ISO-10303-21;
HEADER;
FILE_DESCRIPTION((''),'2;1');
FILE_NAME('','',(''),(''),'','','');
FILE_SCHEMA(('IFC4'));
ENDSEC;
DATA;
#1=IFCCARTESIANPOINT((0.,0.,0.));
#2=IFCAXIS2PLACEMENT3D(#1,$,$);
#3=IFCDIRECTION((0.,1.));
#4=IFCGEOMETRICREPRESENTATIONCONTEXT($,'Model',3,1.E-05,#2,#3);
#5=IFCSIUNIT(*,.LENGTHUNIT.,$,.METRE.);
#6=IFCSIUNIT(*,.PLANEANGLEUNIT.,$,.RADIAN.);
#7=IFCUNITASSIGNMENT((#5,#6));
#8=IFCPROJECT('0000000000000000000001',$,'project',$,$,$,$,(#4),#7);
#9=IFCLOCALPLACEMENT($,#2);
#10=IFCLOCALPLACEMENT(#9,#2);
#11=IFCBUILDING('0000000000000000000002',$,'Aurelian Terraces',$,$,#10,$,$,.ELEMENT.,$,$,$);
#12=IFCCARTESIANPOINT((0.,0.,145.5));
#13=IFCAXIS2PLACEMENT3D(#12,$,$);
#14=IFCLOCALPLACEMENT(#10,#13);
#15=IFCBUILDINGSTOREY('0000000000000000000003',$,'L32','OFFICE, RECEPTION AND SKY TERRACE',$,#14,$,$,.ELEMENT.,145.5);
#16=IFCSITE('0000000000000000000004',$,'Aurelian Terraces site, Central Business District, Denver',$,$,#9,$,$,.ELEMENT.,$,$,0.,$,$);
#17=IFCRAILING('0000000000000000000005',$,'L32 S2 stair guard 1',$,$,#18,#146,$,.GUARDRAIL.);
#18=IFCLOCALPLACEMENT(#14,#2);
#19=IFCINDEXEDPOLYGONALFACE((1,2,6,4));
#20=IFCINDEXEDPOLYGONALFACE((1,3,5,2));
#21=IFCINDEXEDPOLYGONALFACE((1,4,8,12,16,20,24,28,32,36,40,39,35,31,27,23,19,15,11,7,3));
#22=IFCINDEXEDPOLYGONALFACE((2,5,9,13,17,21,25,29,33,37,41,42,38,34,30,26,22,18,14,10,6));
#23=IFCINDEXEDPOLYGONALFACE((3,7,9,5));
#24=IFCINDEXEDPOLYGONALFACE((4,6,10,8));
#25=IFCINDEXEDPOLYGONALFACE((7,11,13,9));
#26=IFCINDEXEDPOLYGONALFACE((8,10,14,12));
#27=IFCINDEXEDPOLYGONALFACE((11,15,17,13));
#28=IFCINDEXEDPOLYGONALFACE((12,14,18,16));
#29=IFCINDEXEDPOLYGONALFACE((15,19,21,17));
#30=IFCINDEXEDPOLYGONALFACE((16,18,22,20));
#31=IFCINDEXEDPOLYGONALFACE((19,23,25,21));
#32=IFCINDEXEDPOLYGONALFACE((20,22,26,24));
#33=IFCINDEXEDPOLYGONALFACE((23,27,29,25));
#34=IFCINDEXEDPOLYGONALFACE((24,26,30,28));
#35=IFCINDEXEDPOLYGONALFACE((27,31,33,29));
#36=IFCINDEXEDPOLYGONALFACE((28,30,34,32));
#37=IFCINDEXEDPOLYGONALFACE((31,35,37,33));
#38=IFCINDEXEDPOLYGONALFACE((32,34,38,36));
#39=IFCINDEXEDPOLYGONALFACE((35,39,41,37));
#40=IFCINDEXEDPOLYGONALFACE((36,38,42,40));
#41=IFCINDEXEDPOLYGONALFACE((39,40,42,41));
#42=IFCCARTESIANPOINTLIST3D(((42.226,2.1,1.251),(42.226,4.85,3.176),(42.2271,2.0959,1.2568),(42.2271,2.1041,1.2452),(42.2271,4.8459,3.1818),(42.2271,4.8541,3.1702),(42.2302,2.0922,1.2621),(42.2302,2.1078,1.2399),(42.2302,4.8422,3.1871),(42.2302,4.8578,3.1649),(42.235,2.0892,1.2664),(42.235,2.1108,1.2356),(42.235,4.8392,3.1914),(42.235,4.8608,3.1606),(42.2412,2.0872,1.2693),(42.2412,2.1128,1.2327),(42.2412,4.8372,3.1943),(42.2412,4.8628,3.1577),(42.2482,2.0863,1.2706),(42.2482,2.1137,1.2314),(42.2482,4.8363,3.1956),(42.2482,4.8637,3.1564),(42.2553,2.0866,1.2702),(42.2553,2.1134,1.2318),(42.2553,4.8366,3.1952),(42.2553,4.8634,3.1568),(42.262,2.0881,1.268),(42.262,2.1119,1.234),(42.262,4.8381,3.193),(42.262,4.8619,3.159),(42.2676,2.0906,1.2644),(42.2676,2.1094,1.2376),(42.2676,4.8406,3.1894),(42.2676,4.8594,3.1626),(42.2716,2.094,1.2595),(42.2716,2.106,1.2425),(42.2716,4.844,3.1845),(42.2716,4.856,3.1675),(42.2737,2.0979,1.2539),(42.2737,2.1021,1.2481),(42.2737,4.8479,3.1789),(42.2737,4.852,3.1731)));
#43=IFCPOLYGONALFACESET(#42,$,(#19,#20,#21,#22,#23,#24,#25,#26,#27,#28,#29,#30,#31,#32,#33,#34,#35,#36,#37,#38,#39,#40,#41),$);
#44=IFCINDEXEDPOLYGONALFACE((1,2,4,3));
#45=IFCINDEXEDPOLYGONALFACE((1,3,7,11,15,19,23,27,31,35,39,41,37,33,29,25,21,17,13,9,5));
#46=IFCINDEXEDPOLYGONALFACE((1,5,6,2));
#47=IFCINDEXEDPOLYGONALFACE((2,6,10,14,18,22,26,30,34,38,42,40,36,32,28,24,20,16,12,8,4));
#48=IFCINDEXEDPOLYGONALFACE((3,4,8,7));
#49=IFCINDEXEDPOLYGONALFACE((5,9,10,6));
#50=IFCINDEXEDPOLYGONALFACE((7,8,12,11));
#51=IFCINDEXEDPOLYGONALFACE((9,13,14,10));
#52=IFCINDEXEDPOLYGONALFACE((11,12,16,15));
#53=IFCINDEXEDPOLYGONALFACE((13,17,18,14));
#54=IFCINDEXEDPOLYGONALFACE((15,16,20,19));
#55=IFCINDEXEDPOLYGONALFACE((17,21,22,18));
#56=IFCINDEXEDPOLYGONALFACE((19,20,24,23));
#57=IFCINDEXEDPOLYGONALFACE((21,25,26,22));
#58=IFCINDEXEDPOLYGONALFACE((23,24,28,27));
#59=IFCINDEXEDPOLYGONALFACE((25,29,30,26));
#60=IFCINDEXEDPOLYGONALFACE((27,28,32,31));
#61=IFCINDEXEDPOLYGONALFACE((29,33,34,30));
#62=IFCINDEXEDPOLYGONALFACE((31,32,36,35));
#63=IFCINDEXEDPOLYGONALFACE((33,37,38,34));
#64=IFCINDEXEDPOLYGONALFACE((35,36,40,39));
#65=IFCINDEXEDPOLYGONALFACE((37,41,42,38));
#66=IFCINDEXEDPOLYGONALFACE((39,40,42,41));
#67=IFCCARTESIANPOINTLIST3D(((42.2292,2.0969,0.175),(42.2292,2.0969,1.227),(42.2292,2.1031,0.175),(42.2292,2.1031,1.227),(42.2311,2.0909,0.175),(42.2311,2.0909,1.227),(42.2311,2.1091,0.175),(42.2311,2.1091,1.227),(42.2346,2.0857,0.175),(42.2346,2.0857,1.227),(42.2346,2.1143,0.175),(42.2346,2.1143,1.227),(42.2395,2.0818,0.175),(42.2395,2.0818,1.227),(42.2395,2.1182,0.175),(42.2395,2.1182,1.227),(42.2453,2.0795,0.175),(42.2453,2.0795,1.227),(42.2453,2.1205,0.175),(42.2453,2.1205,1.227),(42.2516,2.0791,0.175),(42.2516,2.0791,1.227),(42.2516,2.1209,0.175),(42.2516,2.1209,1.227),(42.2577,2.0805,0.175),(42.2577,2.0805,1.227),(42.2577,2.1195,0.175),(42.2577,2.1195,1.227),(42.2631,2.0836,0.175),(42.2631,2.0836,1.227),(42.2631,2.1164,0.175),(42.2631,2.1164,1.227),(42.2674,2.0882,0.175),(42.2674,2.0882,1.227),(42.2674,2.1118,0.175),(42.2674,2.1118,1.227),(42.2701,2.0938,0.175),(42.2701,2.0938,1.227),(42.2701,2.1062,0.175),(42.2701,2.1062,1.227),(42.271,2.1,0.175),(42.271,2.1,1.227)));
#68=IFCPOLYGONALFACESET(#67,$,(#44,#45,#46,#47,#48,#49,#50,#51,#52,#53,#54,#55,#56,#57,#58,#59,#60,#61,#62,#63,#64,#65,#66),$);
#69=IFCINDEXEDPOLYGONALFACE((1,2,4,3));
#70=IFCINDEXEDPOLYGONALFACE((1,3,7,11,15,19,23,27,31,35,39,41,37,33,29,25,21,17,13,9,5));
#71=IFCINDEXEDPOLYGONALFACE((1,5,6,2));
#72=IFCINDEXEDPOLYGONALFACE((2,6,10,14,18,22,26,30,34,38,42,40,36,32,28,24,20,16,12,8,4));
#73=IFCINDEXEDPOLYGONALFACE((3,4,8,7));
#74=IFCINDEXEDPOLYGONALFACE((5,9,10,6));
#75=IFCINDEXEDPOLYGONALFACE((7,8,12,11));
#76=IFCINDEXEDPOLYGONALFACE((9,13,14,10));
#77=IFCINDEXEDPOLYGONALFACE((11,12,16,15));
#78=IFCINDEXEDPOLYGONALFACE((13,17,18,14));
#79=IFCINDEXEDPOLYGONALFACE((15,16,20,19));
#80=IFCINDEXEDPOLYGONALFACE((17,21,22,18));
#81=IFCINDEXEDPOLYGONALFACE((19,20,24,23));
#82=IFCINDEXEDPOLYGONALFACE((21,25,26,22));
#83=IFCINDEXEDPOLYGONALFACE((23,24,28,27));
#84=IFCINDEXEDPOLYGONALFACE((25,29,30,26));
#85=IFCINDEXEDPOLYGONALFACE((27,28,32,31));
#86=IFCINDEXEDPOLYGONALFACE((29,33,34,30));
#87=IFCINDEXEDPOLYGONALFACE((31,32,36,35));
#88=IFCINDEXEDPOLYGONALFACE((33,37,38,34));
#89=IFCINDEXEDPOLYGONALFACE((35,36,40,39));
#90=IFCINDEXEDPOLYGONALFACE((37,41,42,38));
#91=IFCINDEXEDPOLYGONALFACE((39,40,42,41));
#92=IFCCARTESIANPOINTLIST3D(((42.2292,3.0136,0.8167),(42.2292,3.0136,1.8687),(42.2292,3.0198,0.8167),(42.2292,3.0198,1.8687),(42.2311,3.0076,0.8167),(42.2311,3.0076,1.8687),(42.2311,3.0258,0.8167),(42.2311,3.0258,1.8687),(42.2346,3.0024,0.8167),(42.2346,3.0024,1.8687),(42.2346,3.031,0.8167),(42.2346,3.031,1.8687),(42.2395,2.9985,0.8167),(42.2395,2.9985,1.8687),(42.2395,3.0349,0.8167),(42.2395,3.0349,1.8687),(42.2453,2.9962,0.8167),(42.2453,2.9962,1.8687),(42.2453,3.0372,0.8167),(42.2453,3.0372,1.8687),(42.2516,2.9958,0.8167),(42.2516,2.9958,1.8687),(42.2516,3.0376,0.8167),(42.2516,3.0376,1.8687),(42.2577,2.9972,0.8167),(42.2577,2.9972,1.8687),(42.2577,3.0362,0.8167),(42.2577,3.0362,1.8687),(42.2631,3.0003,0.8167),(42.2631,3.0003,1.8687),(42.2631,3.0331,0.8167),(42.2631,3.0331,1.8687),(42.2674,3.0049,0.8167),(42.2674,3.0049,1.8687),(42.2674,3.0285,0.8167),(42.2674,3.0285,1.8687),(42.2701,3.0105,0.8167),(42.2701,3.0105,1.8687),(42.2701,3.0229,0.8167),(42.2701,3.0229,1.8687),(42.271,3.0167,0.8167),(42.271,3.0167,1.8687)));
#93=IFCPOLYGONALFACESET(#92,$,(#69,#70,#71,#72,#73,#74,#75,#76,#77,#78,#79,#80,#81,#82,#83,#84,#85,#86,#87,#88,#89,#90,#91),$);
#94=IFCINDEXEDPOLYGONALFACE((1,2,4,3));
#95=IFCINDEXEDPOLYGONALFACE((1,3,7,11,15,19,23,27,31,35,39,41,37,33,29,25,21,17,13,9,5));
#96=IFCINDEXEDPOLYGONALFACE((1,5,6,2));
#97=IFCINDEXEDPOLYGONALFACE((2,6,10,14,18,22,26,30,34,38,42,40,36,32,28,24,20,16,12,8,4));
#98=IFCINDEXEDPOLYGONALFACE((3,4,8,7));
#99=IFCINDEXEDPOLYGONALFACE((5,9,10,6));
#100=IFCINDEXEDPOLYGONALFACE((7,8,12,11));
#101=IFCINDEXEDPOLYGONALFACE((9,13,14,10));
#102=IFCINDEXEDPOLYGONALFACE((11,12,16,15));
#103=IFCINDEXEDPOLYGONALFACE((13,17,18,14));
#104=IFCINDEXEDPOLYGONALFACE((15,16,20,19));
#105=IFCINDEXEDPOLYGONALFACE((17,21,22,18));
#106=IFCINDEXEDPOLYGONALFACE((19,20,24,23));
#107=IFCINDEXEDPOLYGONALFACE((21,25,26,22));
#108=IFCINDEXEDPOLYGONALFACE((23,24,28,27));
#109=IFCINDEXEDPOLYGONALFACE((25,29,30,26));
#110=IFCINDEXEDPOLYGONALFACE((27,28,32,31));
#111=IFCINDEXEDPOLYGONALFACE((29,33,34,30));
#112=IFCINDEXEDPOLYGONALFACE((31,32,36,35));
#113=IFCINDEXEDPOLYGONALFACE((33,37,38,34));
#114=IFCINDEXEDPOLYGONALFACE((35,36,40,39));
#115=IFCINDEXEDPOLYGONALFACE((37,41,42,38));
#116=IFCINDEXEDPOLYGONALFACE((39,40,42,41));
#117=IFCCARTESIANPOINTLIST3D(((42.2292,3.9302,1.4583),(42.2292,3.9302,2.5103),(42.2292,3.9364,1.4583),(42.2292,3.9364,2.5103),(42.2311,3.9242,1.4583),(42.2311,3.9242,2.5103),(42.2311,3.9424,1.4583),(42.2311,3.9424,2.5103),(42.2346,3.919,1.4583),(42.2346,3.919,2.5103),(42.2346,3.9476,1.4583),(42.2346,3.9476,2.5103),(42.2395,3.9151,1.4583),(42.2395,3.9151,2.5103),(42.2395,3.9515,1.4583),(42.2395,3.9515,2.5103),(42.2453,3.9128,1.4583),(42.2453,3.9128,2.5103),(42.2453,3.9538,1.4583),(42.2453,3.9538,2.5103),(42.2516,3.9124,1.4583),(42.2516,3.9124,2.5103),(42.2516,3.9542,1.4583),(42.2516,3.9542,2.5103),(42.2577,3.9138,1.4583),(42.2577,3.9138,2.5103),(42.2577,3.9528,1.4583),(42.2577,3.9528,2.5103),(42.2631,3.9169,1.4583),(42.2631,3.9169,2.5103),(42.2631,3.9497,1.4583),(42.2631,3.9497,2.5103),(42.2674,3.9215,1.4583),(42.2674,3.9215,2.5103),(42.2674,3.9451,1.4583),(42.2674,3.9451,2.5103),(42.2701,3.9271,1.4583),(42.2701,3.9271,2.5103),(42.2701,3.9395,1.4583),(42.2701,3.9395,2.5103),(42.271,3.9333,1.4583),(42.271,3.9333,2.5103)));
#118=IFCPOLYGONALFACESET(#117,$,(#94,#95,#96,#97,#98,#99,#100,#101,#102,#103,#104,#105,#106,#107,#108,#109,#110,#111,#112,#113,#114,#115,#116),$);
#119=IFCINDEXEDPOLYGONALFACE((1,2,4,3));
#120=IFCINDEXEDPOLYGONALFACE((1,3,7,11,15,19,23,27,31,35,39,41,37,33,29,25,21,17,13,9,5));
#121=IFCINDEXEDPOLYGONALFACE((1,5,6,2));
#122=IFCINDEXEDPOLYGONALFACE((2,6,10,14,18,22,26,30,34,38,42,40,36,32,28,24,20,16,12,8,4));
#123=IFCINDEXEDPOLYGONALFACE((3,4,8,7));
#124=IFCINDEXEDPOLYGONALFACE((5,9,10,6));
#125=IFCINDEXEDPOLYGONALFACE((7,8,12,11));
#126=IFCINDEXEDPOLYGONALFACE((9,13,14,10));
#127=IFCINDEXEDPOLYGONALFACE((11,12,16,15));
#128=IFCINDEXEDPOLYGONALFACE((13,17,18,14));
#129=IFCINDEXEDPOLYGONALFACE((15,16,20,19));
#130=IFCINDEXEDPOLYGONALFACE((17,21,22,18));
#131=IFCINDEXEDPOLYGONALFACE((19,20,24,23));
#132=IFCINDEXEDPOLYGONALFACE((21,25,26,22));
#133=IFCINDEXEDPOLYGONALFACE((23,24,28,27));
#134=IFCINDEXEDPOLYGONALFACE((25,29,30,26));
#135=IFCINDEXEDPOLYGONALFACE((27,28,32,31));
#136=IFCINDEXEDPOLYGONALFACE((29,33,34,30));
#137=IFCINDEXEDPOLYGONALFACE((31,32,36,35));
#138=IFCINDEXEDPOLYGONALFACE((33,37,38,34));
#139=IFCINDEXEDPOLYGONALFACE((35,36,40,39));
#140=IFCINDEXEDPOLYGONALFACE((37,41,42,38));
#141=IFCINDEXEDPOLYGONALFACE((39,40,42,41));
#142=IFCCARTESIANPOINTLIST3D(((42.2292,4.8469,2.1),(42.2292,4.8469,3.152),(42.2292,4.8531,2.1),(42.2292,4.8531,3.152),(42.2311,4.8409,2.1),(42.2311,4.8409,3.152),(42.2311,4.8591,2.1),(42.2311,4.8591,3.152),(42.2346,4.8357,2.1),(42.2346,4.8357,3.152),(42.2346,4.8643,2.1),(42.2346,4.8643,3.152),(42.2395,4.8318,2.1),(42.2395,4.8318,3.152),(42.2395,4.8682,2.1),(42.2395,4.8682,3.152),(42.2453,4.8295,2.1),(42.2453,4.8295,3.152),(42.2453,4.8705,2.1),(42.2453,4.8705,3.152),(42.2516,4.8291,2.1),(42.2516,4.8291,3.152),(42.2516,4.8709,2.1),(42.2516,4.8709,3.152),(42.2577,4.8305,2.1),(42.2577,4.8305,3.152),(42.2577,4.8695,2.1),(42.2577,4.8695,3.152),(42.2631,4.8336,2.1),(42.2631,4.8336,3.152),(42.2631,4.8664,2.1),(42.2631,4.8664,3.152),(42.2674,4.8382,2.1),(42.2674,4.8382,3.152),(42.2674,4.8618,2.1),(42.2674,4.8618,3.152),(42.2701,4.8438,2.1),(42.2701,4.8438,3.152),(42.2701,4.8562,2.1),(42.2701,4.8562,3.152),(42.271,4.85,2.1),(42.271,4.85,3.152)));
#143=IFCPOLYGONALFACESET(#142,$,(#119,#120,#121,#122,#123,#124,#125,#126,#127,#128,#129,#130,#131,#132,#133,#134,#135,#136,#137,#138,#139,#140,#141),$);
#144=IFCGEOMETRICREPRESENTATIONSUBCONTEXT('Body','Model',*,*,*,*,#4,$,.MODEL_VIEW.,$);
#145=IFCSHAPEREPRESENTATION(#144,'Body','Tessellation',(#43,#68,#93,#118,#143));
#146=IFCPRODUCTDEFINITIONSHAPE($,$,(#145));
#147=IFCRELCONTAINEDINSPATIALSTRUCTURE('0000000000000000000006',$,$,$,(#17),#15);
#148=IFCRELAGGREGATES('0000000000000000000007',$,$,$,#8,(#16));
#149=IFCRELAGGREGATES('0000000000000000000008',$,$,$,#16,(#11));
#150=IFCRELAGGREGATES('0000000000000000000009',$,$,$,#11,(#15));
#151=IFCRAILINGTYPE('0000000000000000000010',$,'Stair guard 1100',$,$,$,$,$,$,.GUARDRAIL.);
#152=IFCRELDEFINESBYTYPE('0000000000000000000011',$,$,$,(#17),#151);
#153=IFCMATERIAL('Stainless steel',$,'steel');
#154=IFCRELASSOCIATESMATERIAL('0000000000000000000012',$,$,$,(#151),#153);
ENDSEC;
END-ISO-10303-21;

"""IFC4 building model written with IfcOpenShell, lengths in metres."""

from ifc_helpers import new_model, si_unit, direction, frame, origin, origin_2d, place, context, subcontext, project, spatial, circle, extrude, source, transform, mapped, material, type_object, element, save


model = new_model("IFC4")

# Units and contexts
model_context = context("Model", 3, precision=1e-05, world=origin(), true_north=direction((0.0, 1.0)))
body_context = subcontext(model_context, "Body", "Model", "MODEL_VIEW")
ifc_project = project(units=[si_unit("LENGTHUNIT", "METRE"), si_unit("PLANEANGLEUNIT", "RADIAN")], contexts=[model_context])

# Site, building, storey
site_placement = place(None, origin())
site = spatial("IfcSite", under=ifc_project, at=site_placement, Name="Aurelian Terraces site, Central Business District, Denver", CompositionType="ELEMENT", RefElevation=0.0)
building_placement = place(site_placement, origin())
building = spatial("IfcBuilding", under=site, at=building_placement, Name="Aurelian Terraces", CompositionType="ELEMENT")
storey_placement = place(building_placement, frame((0.0, 0.0, 145.5)))
storey = spatial("IfcBuildingStorey", under=building, at=storey_placement, Name="L32", Description="OFFICE, RECEPTION AND SKY TERRACE", CompositionType="ELEMENT", Elevation=145.5)

# Railing
ifc_material_1 = material(Name="Stainless steel", Category="steel")
railing_type_1 = type_object("IfcRailingType", Name="Stair guard 1100", PredefinedType="GUARDRAIL", material=ifc_material_1)
shared_shape_1 = source(origin(), body_context, "Body", "SweptSolid", [
    extrude(circle(Radius=0.024, at=origin_2d()), frame((0.0, 0.0, 1.076), z_axis=(0.0, 0.819232, 0.573462), x_axis=(-1.0, 0.0, 0.0)), (0.0, 0.0, 1.0), 3.3568),
    extrude(circle(Radius=0.021, at=origin_2d()), origin(), (0.0, 0.0, 1.0), 1.052),
    extrude(circle(Radius=0.021, at=origin_2d()), frame((0.0, 0.9167, 0.6417)), (0.0, 0.0, 1.0), 1.052),
    extrude(circle(Radius=0.021, at=origin_2d()), frame((0.0, 1.8333, 1.2833)), (0.0, 0.0, 1.0), 1.052),
    extrude(circle(Radius=0.021, at=origin_2d()), frame((0.0, 2.75, 1.925)), (0.0, 0.0, 1.0), 1.052),
])
railing_1_placement = place(storey_placement, frame((42.25, 2.1, 0.175)))
element("IfcRailing", 1, at=railing_1_placement, inside=storey, type_object=railing_type_1, Name="L32 S2 stair guard 1", PredefinedType="GUARDRAIL", context=body_context, shape_type="MappedRepresentation", body=[
    mapped(shared_shape_1, transform((0.0, 0.0, 0.0), scale=1.0)),
])

save(model, "model.ifc")
